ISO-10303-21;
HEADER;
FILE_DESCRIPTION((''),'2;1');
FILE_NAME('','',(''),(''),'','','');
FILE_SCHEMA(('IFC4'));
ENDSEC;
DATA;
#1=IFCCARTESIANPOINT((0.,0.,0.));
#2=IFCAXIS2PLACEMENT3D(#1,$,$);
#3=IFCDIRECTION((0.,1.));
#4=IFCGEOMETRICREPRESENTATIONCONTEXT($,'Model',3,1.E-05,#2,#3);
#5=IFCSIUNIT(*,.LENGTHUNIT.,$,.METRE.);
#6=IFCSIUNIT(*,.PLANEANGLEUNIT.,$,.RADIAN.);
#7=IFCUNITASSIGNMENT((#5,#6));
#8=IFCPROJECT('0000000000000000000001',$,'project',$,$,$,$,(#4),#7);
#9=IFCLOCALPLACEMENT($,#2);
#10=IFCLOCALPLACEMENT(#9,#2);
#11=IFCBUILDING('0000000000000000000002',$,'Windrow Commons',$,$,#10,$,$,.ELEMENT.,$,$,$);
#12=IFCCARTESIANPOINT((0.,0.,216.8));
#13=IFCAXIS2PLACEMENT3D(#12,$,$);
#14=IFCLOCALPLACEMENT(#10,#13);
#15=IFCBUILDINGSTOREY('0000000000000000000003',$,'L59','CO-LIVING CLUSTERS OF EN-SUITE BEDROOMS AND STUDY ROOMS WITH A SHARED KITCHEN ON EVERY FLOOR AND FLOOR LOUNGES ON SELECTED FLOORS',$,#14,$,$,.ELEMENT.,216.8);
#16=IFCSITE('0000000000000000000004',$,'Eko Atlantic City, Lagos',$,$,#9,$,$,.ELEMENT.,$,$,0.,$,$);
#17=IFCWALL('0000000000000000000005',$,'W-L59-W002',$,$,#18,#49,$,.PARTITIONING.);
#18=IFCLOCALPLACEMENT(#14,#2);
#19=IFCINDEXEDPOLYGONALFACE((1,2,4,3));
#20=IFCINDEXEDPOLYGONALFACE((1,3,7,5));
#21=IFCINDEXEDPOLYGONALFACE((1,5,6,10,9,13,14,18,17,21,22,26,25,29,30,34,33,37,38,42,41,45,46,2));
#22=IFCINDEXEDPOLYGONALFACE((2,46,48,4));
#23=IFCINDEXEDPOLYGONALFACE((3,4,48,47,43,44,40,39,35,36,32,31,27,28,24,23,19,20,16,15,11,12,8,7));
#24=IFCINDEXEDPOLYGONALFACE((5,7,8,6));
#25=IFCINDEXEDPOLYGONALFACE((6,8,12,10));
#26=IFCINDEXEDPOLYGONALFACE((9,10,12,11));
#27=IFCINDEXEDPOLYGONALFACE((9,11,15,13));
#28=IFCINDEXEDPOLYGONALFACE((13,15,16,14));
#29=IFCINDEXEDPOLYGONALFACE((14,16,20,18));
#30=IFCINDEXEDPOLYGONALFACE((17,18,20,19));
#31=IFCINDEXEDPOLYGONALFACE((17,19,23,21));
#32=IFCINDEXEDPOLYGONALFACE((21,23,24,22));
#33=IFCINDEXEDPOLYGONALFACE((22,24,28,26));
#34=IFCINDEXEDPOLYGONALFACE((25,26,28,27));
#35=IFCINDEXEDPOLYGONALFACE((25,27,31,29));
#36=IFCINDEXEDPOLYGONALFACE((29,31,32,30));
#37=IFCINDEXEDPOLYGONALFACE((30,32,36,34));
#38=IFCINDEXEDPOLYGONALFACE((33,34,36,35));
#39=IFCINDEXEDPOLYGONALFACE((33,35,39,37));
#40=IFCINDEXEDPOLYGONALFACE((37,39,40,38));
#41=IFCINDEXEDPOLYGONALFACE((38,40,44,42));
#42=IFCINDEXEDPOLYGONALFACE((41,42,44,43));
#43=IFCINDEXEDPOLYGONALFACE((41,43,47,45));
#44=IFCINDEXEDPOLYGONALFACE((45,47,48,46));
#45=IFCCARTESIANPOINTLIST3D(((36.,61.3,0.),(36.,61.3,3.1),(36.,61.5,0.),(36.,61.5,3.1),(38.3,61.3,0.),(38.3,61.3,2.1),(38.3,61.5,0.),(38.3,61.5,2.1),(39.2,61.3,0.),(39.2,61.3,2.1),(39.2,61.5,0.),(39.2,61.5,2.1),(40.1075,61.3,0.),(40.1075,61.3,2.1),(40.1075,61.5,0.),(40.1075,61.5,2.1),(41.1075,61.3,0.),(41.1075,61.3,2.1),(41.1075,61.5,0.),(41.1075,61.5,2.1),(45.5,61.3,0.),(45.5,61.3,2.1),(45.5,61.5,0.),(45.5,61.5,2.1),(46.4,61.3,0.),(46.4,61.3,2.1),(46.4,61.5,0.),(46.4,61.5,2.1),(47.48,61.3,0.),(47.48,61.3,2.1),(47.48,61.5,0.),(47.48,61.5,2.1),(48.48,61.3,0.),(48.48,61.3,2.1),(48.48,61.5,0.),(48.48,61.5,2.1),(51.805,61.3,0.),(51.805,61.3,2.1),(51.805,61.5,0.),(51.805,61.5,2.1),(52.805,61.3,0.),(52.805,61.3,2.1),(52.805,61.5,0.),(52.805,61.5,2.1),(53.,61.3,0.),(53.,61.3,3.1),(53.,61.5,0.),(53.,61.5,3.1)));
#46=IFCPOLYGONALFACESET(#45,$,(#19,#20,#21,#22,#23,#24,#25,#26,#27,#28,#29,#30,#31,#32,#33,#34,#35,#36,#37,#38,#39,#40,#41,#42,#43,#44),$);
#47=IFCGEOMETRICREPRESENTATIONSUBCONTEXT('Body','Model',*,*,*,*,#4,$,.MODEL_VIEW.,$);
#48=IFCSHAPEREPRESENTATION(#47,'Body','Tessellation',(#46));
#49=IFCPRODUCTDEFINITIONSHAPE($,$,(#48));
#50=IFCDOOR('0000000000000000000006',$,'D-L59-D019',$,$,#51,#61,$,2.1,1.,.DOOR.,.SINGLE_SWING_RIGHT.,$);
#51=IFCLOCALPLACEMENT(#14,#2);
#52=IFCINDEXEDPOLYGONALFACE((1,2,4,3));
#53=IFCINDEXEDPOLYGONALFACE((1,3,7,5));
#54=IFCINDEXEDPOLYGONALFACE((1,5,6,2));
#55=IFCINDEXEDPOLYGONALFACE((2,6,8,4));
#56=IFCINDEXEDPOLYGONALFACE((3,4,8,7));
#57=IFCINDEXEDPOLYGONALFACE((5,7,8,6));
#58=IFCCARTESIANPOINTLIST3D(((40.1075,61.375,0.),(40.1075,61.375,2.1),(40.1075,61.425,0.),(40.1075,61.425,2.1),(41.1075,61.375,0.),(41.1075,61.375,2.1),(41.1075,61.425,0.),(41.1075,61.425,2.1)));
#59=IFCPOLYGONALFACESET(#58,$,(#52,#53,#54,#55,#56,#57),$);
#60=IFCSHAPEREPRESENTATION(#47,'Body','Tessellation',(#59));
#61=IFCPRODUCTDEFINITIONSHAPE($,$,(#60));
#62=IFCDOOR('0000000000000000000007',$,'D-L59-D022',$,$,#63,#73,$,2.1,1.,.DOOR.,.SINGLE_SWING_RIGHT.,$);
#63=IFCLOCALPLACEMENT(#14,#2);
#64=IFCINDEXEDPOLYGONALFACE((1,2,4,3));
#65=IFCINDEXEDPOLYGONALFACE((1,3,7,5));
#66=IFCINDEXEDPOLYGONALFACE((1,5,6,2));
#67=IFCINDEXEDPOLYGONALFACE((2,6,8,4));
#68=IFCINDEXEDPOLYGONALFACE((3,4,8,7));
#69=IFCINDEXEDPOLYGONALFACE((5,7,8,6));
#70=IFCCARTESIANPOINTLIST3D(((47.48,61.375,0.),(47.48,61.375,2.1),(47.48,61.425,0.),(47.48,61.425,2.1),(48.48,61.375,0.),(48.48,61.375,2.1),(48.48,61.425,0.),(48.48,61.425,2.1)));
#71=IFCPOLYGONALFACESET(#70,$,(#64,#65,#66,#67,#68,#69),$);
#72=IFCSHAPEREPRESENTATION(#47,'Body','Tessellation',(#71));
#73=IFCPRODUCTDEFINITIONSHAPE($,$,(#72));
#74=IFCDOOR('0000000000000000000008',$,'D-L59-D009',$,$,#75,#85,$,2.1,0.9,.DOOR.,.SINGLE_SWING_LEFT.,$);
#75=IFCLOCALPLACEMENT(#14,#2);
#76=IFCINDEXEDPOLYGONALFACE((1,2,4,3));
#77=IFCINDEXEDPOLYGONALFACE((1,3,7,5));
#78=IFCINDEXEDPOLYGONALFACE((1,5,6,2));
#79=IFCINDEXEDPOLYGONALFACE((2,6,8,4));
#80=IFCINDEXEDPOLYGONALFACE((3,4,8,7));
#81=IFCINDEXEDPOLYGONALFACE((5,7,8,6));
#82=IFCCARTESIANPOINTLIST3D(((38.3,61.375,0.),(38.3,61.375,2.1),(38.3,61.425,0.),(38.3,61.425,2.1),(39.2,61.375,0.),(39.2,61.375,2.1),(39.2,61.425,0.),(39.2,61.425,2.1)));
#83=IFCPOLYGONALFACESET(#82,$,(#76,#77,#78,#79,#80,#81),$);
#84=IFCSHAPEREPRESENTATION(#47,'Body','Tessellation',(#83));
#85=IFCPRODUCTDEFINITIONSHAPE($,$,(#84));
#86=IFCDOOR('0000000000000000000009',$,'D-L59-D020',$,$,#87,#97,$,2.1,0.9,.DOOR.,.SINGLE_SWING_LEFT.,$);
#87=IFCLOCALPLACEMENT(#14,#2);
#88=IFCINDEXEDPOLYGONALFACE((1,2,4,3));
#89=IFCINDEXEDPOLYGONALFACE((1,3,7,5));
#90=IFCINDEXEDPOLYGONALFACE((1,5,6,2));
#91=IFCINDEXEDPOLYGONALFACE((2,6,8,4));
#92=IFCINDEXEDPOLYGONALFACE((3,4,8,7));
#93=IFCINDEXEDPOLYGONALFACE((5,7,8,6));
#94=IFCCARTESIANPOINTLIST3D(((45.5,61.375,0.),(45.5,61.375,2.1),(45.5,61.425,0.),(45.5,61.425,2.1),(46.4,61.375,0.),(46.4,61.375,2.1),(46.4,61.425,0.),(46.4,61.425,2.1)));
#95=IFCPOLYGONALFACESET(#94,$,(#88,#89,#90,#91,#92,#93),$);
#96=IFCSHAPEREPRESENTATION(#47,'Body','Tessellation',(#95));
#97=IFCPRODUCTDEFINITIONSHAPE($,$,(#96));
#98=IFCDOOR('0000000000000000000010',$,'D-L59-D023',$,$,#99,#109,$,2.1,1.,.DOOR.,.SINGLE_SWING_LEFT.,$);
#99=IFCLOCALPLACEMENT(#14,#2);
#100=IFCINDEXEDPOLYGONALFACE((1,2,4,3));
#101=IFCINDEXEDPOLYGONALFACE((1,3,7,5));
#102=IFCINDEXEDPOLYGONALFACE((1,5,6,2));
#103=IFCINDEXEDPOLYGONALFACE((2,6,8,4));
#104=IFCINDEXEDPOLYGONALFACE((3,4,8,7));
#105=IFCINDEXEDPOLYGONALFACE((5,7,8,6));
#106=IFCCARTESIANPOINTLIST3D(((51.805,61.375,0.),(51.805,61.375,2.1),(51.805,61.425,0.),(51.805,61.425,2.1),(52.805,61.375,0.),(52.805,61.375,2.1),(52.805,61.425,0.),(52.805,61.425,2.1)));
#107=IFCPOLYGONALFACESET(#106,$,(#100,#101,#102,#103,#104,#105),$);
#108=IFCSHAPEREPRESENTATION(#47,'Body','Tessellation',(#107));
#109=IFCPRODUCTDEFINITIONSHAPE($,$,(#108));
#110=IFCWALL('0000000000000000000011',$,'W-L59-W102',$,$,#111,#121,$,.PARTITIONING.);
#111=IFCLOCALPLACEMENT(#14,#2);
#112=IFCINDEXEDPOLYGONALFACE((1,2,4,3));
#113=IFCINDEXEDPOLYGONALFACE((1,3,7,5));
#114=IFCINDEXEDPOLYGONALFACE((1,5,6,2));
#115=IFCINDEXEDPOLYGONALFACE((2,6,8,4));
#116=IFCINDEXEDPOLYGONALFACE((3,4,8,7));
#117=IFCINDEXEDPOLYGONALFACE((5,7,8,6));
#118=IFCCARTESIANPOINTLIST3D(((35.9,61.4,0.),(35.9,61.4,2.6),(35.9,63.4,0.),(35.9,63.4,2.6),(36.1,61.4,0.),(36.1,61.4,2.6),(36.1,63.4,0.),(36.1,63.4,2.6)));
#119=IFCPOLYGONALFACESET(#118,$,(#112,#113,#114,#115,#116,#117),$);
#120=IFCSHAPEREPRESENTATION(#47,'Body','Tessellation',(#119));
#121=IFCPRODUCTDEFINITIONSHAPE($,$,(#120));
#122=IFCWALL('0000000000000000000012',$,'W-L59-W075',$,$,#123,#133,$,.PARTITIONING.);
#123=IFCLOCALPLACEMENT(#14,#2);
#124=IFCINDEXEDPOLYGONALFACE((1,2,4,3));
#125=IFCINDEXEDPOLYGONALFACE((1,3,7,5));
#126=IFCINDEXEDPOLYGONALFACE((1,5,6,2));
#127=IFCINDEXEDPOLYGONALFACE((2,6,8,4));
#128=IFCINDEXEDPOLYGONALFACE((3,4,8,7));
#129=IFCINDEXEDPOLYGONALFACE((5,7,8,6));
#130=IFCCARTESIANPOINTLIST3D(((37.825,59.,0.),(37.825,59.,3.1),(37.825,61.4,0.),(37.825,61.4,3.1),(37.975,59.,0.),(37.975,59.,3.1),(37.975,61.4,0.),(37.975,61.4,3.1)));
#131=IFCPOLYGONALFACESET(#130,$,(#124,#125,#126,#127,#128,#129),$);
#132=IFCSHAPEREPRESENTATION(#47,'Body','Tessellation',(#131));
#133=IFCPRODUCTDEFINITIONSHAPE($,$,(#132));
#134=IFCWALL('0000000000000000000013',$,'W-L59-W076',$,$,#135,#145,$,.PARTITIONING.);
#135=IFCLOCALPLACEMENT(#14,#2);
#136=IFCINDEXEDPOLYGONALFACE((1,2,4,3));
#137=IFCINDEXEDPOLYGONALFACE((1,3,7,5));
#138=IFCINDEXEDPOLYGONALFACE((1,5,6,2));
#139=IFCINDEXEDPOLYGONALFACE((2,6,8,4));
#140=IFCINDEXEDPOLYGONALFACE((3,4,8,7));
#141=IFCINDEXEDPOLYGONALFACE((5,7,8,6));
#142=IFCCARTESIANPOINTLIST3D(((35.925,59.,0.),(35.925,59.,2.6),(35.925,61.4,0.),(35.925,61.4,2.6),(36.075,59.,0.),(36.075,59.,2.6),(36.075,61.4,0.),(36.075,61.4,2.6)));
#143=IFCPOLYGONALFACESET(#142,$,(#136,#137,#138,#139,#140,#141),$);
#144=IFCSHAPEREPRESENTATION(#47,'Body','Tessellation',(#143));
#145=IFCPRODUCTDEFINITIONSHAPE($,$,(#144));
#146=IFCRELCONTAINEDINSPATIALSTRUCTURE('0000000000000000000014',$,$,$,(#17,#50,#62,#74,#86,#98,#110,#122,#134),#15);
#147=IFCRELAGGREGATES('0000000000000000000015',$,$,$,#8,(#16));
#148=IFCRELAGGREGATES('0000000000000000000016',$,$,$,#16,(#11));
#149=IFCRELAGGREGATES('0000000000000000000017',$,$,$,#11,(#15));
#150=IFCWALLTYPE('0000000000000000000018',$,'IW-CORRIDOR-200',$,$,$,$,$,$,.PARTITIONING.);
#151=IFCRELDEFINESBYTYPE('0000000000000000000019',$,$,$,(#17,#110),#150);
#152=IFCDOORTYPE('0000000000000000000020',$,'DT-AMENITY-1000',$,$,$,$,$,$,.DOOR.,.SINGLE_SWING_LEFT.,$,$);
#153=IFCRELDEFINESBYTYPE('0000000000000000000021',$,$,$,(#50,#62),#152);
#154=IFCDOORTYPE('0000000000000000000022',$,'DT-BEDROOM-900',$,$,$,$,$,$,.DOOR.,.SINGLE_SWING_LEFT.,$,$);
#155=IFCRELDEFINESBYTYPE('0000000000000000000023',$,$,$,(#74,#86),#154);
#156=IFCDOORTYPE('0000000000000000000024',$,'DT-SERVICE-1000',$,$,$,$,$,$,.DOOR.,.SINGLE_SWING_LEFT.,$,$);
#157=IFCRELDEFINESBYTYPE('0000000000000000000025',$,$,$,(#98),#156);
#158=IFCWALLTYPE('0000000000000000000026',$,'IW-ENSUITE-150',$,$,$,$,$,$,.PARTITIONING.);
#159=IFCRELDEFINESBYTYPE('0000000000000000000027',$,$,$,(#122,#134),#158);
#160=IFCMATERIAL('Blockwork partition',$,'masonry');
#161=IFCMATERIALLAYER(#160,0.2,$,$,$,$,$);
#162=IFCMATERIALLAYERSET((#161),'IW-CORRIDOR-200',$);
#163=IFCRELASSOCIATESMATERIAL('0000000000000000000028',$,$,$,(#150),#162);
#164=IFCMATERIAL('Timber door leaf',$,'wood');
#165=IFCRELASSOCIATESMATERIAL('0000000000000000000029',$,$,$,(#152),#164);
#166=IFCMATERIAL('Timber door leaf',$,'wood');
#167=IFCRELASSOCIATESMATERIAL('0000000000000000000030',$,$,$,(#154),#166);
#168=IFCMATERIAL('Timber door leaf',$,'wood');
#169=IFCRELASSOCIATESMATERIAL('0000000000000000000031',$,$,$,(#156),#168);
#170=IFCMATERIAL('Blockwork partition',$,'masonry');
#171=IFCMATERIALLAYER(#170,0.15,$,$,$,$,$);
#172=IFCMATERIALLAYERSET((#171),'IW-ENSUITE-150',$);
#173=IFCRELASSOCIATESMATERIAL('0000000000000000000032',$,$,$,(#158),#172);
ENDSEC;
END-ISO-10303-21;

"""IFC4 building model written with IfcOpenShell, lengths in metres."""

from ifc_helpers import new_model, si_unit, direction, frame, frame_2d, origin, place, context, subcontext, project, spatial, rectangle, extrude, material, layer, layer_set, type_object, element, fill, save


model = new_model("IFC4")

# Units and contexts
model_context = context("Model", 3, precision=1e-05, world=origin(), true_north=direction((0.0, 1.0)))
body_context = subcontext(model_context, "Body", "Model", "MODEL_VIEW")
ifc_project = project(units=[si_unit("LENGTHUNIT", "METRE"), si_unit("PLANEANGLEUNIT", "RADIAN")], contexts=[model_context])

# Site, building, storey
site_placement = place(None, origin())
site = spatial("IfcSite", under=ifc_project, at=site_placement, Name="Eko Atlantic City, Lagos", CompositionType="ELEMENT", RefElevation=0.0)
building_placement = place(site_placement, origin())
building = spatial("IfcBuilding", under=site, at=building_placement, Name="Windrow Commons", CompositionType="ELEMENT")
storey_placement = place(building_placement, frame((0.0, 0.0, 216.8)))
storey = spatial("IfcBuildingStorey", under=building, at=storey_placement, Name="L59", Description="CO-LIVING CLUSTERS OF EN-SUITE BEDROOMS AND STUDY ROOMS WITH A SHARED KITCHEN ON EVERY FLOOR AND FLOOR LOUNGES ON SELECTED FLOORS", CompositionType="ELEMENT", Elevation=216.8)

# Wall, openings, doors
ifc_material_1 = material(Name="Blockwork partition", Category="masonry")
ifc_layer_1 = layer(ifc_material_1, 0.2)
ifc_layer_set_1 = layer_set([ifc_layer_1], Name="IW-CORRIDOR-200")
wall_type_1 = type_object("IfcWallType", Name="IW-CORRIDOR-200", PredefinedType="PARTITIONING", material=ifc_layer_set_1)
wall_1_placement = place(storey_placement, frame((36.0, 61.4, 0.0), z_axis=(0.0, 0.0, 1.0), x_axis=(1.0, 0.0, 0.0)))
wall_1 = element("IfcWall", 1, at=wall_1_placement, inside=storey, type_object=wall_type_1, Name="W-L59-W002", PredefinedType="PARTITIONING", context=body_context, shape_type="SweptSolid", body=[
    extrude(rectangle(XDim=17.0, YDim=0.2, at=frame_2d((8.5, 0.0))), origin(), (0.0, 0.0, 1.0), 3.1),
])
opening_1_placement = place(wall_1_placement, frame((2.3, 0.0, 0.0)))
opening_1 = element("IfcOpeningElement", 2, at=opening_1_placement, cuts=wall_1, PredefinedType="OPENING", context=body_context, shape_type="SweptSolid", body=[
    extrude(rectangle(XDim=0.9, YDim=2.1, at=frame_2d((0.45, 1.05))), frame((0.0, 0.11, 0.0), z_axis=(0.0, -1.0, 0.0), x_axis=(1.0, 0.0, 0.0)), (0.0, 0.0, 1.0), 0.22),
])
opening_2_placement = place(wall_1_placement, frame((4.1075, 0.0, 0.0)))
opening_2 = element("IfcOpeningElement", 3, at=opening_2_placement, cuts=wall_1, PredefinedType="OPENING", context=body_context, shape_type="SweptSolid", body=[
    extrude(rectangle(XDim=1.0, YDim=2.1, at=frame_2d((0.5, 1.05))), frame((0.0, 0.11, 0.0), z_axis=(0.0, -1.0, 0.0), x_axis=(1.0, 0.0, 0.0)), (0.0, 0.0, 1.0), 0.22),
])
opening_3_placement = place(wall_1_placement, frame((9.5, 0.0, 0.0)))
opening_3 = element("IfcOpeningElement", 4, at=opening_3_placement, cuts=wall_1, PredefinedType="OPENING", context=body_context, shape_type="SweptSolid", body=[
    extrude(rectangle(XDim=0.9, YDim=2.1, at=frame_2d((0.45, 1.05))), frame((0.0, 0.11, 0.0), z_axis=(0.0, -1.0, 0.0), x_axis=(1.0, 0.0, 0.0)), (0.0, 0.0, 1.0), 0.22),
])
opening_4_placement = place(wall_1_placement, frame((11.48, 0.0, 0.0)))
opening_4 = element("IfcOpeningElement", 5, at=opening_4_placement, cuts=wall_1, PredefinedType="OPENING", context=body_context, shape_type="SweptSolid", body=[
    extrude(rectangle(XDim=1.0, YDim=2.1, at=frame_2d((0.5, 1.05))), frame((0.0, 0.11, 0.0), z_axis=(0.0, -1.0, 0.0), x_axis=(1.0, 0.0, 0.0)), (0.0, 0.0, 1.0), 0.22),
])
opening_5_placement = place(wall_1_placement, frame((15.805, 0.0, 0.0)))
opening_5 = element("IfcOpeningElement", 6, at=opening_5_placement, cuts=wall_1, PredefinedType="OPENING", context=body_context, shape_type="SweptSolid", body=[
    extrude(rectangle(XDim=1.0, YDim=2.1, at=frame_2d((0.5, 1.05))), frame((0.0, 0.11, 0.0), z_axis=(0.0, -1.0, 0.0), x_axis=(1.0, 0.0, 0.0)), (0.0, 0.0, 1.0), 0.22),
])
ifc_material_2 = material(Name="Timber door leaf", Category="wood")
door_type_1 = type_object("IfcDoorType", Name="DT-AMENITY-1000", OperationType="SINGLE_SWING_LEFT", PredefinedType="DOOR", material=ifc_material_2)
door_1_placement = place(opening_2_placement, origin())
door_1 = element("IfcDoor", 7, at=door_1_placement, inside=storey, type_object=door_type_1, Name="D-L59-D019", OperationType="SINGLE_SWING_RIGHT", OverallHeight=2.1, OverallWidth=1.0, PredefinedType="DOOR", context=body_context, shape_type="SweptSolid", body=[
    extrude(rectangle(XDim=1.0, YDim=2.1, at=frame_2d((0.5, 1.05))), frame((0.0, 0.025, 0.0), z_axis=(0.0, -1.0, 0.0), x_axis=(1.0, 0.0, 0.0)), (0.0, 0.0, 1.0), 0.05),
])
fill(opening_2, door_1)
door_2_placement = place(opening_4_placement, origin())
door_2 = element("IfcDoor", 8, at=door_2_placement, inside=storey, type_object=door_type_1, Name="D-L59-D022", OperationType="SINGLE_SWING_RIGHT", OverallHeight=2.1, OverallWidth=1.0, PredefinedType="DOOR", context=body_context, shape_type="SweptSolid", body=[
    extrude(rectangle(XDim=1.0, YDim=2.1, at=frame_2d((0.5, 1.05))), frame((0.0, 0.025, 0.0), z_axis=(0.0, -1.0, 0.0), x_axis=(1.0, 0.0, 0.0)), (0.0, 0.0, 1.0), 0.05),
])
fill(opening_4, door_2)
ifc_material_3 = material(Name="Timber door leaf", Category="wood")
door_type_2 = type_object("IfcDoorType", Name="DT-BEDROOM-900", OperationType="SINGLE_SWING_LEFT", PredefinedType="DOOR", material=ifc_material_3)
door_3_placement = place(opening_1_placement, origin())
door_3 = element("IfcDoor", 9, at=door_3_placement, inside=storey, type_object=door_type_2, Name="D-L59-D009", OperationType="SINGLE_SWING_LEFT", OverallHeight=2.1, OverallWidth=0.9, PredefinedType="DOOR", context=body_context, shape_type="SweptSolid", body=[
    extrude(rectangle(XDim=0.9, YDim=2.1, at=frame_2d((0.45, 1.05))), frame((0.0, 0.025, 0.0), z_axis=(0.0, -1.0, 0.0), x_axis=(1.0, 0.0, 0.0)), (0.0, 0.0, 1.0), 0.05),
])
fill(opening_1, door_3)
door_4_placement = place(opening_3_placement, origin())
door_4 = element("IfcDoor", 10, at=door_4_placement, inside=storey, type_object=door_type_2, Name="D-L59-D020", OperationType="SINGLE_SWING_LEFT", OverallHeight=2.1, OverallWidth=0.9, PredefinedType="DOOR", context=body_context, shape_type="SweptSolid", body=[
    extrude(rectangle(XDim=0.9, YDim=2.1, at=frame_2d((0.45, 1.05))), frame((0.0, 0.025, 0.0), z_axis=(0.0, -1.0, 0.0), x_axis=(1.0, 0.0, 0.0)), (0.0, 0.0, 1.0), 0.05),
])
fill(opening_3, door_4)
ifc_material_4 = material(Name="Timber door leaf", Category="wood")
door_type_3 = type_object("IfcDoorType", Name="DT-SERVICE-1000", OperationType="SINGLE_SWING_LEFT", PredefinedType="DOOR", material=ifc_material_4)
door_5_placement = place(opening_5_placement, origin())
door_5 = element("IfcDoor", 11, at=door_5_placement, inside=storey, type_object=door_type_3, Name="D-L59-D023", OperationType="SINGLE_SWING_LEFT", OverallHeight=2.1, OverallWidth=1.0, PredefinedType="DOOR", context=body_context, shape_type="SweptSolid", body=[
    extrude(rectangle(XDim=1.0, YDim=2.1, at=frame_2d((0.5, 1.05))), frame((0.0, 0.025, 0.0), z_axis=(0.0, -1.0, 0.0), x_axis=(1.0, 0.0, 0.0)), (0.0, 0.0, 1.0), 0.05),
])
fill(opening_5, door_5)

# Walls
wall_2_placement = place(storey_placement, frame((36.0, 61.4, 0.0), z_axis=(0.0, 0.0, 1.0), x_axis=(0.0, 1.0, 0.0)))
element("IfcWall", 12, at=wall_2_placement, inside=storey, type_object=wall_type_1, Name="W-L59-W102", PredefinedType="PARTITIONING", context=body_context, shape_type="SweptSolid", body=[
    extrude(rectangle(XDim=2.0, YDim=0.2, at=frame_2d((1.0, 0.0))), origin(), (0.0, 0.0, 1.0), 2.6),
])
ifc_material_5 = material(Name="Blockwork partition", Category="masonry")
ifc_layer_2 = layer(ifc_material_5, 0.15)
ifc_layer_set_2 = layer_set([ifc_layer_2], Name="IW-ENSUITE-150")
wall_type_2 = type_object("IfcWallType", Name="IW-ENSUITE-150", PredefinedType="PARTITIONING", material=ifc_layer_set_2)
wall_3_placement = place(storey_placement, frame((37.9, 59.0, 0.0), z_axis=(0.0, 0.0, 1.0), x_axis=(0.0, 1.0, 0.0)))
element("IfcWall", 13, at=wall_3_placement, inside=storey, type_object=wall_type_2, Name="W-L59-W075", PredefinedType="PARTITIONING", context=body_context, shape_type="SweptSolid", body=[
    extrude(rectangle(XDim=2.4, YDim=0.15, at=frame_2d((1.2, 0.0))), origin(), (0.0, 0.0, 1.0), 3.1),
])
wall_4_placement = place(storey_placement, frame((36.0, 59.0, 0.0), z_axis=(0.0, 0.0, 1.0), x_axis=(0.0, 1.0, 0.0)))
element("IfcWall", 14, at=wall_4_placement, inside=storey, type_object=wall_type_2, Name="W-L59-W076", PredefinedType="PARTITIONING", context=body_context, shape_type="SweptSolid", body=[
    extrude(rectangle(XDim=2.4, YDim=0.15, at=frame_2d((1.2, 0.0))), origin(), (0.0, 0.0, 1.0), 2.6),
])

save(model, "model.ifc")
